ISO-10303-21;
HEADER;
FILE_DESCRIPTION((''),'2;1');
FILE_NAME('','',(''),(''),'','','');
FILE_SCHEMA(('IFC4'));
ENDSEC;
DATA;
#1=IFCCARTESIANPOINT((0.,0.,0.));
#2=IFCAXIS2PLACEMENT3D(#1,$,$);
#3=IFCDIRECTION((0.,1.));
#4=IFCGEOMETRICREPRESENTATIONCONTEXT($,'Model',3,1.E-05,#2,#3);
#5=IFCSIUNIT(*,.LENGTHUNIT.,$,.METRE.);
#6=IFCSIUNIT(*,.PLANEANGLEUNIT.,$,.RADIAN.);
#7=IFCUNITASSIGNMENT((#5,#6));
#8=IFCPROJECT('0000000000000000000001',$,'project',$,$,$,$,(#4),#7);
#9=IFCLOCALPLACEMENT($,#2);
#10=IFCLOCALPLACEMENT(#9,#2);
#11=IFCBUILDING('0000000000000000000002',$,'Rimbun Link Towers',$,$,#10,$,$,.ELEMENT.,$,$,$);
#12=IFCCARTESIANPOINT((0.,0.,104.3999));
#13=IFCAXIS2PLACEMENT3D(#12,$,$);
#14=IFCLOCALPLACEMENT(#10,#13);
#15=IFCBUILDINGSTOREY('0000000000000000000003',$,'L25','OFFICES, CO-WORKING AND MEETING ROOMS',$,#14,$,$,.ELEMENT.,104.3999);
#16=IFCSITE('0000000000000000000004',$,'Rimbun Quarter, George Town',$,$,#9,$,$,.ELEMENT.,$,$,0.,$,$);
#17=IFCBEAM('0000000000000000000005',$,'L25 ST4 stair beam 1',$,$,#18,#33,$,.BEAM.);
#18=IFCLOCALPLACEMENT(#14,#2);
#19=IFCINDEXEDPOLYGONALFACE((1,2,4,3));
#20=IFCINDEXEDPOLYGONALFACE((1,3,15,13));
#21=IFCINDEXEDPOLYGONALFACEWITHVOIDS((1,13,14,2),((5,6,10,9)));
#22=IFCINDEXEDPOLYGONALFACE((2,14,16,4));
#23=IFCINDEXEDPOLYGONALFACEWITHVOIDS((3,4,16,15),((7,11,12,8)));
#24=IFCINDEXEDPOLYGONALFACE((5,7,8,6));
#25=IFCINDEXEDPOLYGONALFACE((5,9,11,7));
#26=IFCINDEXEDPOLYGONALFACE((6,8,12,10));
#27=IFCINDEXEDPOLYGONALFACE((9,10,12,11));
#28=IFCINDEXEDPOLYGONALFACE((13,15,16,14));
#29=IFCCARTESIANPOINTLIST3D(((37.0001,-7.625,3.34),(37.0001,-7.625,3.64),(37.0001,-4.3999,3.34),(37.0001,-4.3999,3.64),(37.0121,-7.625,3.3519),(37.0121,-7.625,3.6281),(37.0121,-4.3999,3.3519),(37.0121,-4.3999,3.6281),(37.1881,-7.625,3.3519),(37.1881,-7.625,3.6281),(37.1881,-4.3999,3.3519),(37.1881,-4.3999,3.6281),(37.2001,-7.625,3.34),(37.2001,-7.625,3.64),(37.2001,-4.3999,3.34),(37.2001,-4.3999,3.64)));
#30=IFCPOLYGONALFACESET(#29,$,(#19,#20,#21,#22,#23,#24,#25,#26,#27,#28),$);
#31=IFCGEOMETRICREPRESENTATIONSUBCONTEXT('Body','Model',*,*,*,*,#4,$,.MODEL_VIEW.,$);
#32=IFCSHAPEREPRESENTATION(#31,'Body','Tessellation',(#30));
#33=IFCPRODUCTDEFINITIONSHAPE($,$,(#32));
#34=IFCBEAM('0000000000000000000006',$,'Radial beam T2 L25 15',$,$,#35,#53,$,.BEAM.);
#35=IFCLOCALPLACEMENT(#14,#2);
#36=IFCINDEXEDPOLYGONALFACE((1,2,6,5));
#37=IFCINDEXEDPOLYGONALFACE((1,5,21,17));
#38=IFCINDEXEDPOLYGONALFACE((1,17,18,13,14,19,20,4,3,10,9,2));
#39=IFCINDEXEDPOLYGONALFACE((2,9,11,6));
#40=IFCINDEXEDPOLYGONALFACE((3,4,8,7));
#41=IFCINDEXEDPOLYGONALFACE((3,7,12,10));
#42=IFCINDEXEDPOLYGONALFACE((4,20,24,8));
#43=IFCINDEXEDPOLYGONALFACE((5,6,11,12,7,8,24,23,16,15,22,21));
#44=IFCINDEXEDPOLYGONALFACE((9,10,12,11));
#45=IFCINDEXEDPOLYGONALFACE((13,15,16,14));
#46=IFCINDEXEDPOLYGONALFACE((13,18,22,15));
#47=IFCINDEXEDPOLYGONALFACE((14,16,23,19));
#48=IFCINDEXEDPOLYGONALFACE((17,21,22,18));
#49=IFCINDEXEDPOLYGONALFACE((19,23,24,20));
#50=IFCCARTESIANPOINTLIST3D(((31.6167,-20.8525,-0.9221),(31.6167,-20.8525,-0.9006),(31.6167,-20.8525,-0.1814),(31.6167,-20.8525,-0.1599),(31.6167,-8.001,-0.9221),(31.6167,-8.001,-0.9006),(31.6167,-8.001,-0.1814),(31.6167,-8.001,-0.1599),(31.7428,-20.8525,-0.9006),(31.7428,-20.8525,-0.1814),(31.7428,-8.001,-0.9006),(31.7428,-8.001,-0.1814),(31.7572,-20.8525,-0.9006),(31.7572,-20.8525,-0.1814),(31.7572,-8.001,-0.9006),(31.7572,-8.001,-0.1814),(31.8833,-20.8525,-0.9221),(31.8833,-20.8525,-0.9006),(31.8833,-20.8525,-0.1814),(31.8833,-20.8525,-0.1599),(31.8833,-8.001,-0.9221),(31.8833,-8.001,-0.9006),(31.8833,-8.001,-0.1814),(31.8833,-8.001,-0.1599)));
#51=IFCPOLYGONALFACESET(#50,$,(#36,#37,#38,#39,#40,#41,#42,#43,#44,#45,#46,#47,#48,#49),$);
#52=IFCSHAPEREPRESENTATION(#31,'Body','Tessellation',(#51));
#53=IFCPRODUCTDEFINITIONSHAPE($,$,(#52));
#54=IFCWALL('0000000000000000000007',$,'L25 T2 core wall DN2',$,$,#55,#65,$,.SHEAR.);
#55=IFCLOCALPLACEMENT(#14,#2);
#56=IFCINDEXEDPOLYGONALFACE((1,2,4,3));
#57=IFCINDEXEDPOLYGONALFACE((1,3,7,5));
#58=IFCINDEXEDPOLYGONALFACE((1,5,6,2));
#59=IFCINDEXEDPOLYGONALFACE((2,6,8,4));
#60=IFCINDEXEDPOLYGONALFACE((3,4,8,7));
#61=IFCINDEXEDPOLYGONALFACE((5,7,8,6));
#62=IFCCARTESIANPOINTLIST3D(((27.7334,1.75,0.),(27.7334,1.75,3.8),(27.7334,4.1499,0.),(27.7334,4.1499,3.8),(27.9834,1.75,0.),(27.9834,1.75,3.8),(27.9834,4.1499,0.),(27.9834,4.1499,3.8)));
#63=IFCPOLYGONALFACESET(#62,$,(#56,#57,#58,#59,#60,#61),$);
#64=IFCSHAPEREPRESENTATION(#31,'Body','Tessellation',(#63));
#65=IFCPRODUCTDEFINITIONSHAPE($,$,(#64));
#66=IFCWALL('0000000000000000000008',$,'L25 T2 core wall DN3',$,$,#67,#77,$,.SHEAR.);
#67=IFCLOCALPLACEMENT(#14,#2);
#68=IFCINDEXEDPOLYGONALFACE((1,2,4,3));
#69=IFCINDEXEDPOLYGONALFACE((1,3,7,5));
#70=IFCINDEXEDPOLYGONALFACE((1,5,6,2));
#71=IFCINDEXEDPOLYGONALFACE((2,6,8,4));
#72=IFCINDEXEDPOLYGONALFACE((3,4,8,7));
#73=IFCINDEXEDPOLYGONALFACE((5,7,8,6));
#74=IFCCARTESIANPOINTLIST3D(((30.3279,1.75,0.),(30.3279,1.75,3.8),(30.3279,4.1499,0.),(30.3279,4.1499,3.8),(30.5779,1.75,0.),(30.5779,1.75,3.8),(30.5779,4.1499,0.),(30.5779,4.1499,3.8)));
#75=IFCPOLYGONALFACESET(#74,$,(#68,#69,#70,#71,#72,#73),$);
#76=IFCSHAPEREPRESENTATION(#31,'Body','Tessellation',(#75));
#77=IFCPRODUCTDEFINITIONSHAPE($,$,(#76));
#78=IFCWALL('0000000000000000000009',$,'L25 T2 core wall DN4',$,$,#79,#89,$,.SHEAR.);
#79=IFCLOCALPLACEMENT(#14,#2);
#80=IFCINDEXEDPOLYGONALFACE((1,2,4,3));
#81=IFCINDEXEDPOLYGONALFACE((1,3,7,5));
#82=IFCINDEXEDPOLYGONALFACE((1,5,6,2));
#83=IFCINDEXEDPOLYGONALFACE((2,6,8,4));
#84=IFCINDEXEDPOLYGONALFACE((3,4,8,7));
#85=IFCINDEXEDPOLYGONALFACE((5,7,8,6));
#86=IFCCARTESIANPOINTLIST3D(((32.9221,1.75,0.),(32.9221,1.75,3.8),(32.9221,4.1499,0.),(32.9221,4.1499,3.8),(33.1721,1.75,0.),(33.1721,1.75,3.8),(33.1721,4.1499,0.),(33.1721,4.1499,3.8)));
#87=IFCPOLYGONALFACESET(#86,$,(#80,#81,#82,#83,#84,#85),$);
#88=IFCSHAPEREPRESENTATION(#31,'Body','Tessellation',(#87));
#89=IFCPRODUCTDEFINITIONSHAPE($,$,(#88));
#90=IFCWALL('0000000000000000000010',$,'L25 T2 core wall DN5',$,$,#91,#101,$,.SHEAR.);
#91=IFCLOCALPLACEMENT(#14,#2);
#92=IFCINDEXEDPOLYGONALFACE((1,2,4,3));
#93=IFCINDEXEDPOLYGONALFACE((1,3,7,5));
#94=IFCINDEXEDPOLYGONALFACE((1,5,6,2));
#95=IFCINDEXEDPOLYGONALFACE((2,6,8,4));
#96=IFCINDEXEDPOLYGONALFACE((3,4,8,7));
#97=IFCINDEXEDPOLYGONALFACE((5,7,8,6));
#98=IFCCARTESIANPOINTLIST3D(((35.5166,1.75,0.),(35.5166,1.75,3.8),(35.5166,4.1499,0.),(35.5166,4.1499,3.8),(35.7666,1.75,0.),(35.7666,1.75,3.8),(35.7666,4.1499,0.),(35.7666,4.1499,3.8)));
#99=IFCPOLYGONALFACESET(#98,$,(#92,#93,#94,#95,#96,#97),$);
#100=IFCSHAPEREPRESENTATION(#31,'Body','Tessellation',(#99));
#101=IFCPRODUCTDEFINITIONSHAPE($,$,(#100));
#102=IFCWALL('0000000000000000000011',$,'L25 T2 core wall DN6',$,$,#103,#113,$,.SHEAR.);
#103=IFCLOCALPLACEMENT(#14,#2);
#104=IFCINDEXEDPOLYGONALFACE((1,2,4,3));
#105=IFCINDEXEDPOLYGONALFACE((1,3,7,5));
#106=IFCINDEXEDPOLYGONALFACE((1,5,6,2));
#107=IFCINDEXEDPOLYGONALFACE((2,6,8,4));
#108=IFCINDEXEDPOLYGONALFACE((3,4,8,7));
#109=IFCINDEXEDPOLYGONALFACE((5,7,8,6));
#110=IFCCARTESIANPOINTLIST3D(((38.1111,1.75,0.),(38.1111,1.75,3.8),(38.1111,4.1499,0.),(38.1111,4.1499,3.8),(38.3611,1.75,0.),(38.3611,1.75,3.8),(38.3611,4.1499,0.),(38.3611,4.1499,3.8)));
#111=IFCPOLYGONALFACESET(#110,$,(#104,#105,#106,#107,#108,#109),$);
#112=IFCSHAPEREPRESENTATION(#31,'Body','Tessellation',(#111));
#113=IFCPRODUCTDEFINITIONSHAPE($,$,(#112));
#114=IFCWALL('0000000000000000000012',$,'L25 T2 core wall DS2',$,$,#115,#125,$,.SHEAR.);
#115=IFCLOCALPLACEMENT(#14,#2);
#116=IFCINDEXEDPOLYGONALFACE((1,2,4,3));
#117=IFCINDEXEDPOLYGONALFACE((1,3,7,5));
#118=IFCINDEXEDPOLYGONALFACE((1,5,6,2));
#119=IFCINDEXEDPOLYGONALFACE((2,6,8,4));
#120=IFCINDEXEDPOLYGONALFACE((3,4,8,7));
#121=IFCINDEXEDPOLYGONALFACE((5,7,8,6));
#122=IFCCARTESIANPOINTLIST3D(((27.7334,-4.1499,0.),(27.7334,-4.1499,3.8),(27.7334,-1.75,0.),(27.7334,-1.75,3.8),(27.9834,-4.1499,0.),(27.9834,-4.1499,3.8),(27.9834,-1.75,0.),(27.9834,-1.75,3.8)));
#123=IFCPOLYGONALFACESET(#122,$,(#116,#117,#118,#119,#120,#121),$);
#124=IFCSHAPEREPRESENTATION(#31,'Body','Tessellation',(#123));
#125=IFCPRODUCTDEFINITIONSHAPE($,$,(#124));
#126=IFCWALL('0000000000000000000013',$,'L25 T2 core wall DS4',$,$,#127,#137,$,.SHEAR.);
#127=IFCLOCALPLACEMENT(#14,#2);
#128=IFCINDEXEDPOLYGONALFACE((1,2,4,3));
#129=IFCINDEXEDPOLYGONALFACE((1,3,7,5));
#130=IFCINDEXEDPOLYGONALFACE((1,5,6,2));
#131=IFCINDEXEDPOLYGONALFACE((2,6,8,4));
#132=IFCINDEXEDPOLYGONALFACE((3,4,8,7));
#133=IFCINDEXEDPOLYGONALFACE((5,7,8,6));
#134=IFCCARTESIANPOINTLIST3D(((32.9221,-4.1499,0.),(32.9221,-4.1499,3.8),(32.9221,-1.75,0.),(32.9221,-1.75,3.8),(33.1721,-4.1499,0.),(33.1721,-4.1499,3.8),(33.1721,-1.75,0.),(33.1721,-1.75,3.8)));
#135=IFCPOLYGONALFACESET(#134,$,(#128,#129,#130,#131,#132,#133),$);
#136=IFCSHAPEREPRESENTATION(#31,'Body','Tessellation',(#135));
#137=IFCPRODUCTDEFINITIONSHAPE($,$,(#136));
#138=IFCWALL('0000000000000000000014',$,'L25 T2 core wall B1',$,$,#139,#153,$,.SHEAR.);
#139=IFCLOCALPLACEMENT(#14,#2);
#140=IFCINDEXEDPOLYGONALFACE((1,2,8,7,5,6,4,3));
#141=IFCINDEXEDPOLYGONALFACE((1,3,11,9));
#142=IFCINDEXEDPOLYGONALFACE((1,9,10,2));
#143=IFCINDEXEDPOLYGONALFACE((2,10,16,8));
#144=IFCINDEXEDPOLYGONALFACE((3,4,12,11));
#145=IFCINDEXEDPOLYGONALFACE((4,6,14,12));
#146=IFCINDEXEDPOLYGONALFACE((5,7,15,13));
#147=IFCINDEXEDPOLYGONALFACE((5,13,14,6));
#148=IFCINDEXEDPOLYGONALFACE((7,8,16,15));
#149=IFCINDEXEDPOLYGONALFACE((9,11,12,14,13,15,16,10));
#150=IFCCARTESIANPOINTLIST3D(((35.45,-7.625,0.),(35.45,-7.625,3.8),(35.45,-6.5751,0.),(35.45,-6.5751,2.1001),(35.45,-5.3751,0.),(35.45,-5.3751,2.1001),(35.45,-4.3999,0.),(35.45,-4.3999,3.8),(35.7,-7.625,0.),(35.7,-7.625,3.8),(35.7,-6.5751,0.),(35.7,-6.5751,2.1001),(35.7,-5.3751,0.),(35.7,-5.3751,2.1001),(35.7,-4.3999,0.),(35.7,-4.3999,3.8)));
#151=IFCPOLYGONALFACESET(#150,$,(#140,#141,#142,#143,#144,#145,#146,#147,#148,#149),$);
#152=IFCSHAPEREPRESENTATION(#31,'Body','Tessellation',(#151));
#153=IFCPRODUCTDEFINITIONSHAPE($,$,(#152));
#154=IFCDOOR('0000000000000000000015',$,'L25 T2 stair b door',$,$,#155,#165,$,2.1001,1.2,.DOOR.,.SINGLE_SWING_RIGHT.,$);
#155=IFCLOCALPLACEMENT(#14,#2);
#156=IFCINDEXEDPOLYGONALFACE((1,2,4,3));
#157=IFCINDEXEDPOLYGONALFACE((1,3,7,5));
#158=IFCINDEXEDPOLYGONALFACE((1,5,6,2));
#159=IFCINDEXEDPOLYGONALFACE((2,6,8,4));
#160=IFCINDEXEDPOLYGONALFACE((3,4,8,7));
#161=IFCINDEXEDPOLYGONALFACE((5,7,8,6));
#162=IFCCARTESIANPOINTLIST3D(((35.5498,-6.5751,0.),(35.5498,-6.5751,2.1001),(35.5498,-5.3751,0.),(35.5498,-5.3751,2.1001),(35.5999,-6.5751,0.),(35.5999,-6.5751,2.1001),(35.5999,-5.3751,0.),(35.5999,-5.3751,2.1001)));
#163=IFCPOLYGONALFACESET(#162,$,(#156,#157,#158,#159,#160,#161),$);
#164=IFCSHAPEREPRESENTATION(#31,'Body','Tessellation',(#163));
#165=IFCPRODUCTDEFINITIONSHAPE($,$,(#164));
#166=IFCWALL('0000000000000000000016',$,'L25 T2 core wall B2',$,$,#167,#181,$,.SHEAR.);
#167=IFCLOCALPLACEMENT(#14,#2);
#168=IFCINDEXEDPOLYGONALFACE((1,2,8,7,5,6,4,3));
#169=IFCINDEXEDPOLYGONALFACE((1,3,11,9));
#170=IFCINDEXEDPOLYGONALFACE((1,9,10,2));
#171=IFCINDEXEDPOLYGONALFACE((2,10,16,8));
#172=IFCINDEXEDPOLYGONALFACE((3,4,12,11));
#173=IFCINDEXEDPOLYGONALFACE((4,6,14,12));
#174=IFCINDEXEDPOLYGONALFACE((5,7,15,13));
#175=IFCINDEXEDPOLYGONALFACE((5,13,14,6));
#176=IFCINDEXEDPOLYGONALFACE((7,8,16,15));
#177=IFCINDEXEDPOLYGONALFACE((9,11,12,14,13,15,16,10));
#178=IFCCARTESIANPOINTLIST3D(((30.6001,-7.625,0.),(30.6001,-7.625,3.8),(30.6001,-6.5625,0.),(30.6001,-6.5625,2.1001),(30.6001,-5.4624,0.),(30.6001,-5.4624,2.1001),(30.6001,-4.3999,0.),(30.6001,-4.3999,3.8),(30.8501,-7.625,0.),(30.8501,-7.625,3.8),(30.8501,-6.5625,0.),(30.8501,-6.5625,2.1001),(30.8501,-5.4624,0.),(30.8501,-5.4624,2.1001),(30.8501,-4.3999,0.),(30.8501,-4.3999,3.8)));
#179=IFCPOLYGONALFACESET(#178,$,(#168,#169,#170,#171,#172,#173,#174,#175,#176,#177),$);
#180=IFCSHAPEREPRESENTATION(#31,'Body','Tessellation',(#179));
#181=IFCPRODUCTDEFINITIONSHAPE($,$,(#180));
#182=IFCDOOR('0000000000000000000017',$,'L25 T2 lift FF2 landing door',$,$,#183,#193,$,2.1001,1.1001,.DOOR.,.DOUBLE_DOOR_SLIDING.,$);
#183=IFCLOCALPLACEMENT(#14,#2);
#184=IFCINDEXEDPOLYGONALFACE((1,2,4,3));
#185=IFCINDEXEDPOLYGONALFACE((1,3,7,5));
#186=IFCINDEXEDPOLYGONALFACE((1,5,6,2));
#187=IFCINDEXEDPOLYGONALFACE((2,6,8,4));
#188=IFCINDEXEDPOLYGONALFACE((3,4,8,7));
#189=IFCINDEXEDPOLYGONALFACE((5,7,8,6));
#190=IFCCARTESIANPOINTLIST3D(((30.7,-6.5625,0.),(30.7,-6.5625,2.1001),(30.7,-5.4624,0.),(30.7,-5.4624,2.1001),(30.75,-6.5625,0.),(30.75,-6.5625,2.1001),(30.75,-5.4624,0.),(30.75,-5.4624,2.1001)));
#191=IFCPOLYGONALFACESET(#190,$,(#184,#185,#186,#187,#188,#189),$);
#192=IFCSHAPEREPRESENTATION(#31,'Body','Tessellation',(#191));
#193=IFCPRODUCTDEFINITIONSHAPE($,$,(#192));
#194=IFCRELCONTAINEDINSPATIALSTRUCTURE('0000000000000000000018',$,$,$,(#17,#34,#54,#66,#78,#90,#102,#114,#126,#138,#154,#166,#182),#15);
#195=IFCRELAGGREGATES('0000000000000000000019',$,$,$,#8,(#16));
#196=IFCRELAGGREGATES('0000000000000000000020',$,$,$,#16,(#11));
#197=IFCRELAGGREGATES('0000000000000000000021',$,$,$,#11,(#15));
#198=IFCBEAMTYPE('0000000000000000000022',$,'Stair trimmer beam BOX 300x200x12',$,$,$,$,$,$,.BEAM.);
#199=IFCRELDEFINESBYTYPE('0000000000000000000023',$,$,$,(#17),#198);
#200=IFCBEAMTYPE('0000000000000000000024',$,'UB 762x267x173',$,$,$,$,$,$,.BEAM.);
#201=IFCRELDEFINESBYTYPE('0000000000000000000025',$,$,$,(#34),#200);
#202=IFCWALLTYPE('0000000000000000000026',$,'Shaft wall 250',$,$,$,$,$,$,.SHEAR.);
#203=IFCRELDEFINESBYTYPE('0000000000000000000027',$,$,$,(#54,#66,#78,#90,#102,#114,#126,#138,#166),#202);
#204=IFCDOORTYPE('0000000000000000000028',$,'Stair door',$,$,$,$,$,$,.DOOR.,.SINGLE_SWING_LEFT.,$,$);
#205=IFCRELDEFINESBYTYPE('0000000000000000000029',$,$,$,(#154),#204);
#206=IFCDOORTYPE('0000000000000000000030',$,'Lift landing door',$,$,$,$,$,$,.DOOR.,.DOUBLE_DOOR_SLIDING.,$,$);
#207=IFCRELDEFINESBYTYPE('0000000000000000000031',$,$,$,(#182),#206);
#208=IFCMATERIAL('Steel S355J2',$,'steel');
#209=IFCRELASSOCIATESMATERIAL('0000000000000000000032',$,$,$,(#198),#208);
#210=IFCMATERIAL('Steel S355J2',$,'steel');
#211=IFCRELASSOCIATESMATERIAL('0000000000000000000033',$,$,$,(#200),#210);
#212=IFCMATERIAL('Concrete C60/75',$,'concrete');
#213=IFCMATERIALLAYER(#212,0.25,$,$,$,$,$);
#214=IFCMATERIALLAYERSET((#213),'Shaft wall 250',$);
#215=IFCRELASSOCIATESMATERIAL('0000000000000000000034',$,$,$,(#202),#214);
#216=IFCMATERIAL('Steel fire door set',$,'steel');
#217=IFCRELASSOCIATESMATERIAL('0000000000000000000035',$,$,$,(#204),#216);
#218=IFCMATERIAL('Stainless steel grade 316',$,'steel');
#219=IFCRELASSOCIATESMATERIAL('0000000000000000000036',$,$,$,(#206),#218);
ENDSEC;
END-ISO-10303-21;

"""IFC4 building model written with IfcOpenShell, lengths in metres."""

from ifc_helpers import new_model, si_unit, direction, frame, frame_2d, origin, origin_2d, place, context, subcontext, project, spatial, rectangle, hollow_rectangle, i_section, extrude, material, layer, layer_set, material_profile, profile_set, type_object, element, fill, save


model = new_model("IFC4")

# Units and contexts
model_context = context("Model", 3, precision=1e-05, world=origin(), true_north=direction((0.0, 1.0)))
body_context = subcontext(model_context, "Body", "Model", "MODEL_VIEW")
ifc_project = project(units=[si_unit("LENGTHUNIT", "METRE"), si_unit("PLANEANGLEUNIT", "RADIAN")], contexts=[model_context])

# Site, building, storey
site_placement = place(None, origin())
site = spatial("IfcSite", under=ifc_project, at=site_placement, Name="Rimbun Quarter, George Town", CompositionType="ELEMENT", RefElevation=0.0)
building_placement = place(site_placement, origin())
building = spatial("IfcBuilding", under=site, at=building_placement, Name="Rimbun Link Towers", CompositionType="ELEMENT")
storey_placement = place(building_placement, frame((0.0, 0.0, 104.3999)))
storey = spatial("IfcBuildingStorey", under=building, at=storey_placement, Name="L25", Description="OFFICES, CO-WORKING AND MEETING ROOMS", CompositionType="ELEMENT", Elevation=104.3999)

# Beams
ifc_material_1 = material(Name="Steel S355J2", Category="steel")
ifc_material_profile_1 = material_profile(ifc_material_1, hollow_rectangle(XDim=0.2, YDim=0.3, WallThickness=0.012, at=origin_2d()), Name="BOX 300x200x12")
ifc_profile_set_1 = profile_set([ifc_material_profile_1], Name="Steel S355J2")
beam_type_1 = type_object("IfcBeamType", Name="Stair trimmer beam BOX 300x200x12", PredefinedType="BEAM", material=ifc_profile_set_1)
beam_1_placement = place(storey_placement, frame((37.1001, -7.625, 3.49), z_axis=(0.0, 1.0, 0.0), x_axis=(-1.0, 0.0, 0.0)))
element("IfcBeam", 1, at=beam_1_placement, inside=storey, type_object=beam_type_1, Name="L25 ST4 stair beam 1", PredefinedType="BEAM", context=body_context, shape_type="SweptSolid", body=[
    extrude(hollow_rectangle(XDim=0.2, YDim=0.3, WallThickness=0.012, at=origin_2d()), origin(), (0.0, 0.0, 1.0), 3.2251),
])
ifc_material_2 = material(Name="Steel S355J2", Category="steel")
ifc_material_profile_2 = material_profile(ifc_material_2, i_section(OverallWidth=0.2666, OverallDepth=0.7622, WebThickness=0.0144, FlangeThickness=0.0215, at=origin_2d()), Name="UB 762x267x173")
ifc_profile_set_2 = profile_set([ifc_material_profile_2], Name="Steel S355J2")
beam_type_2 = type_object("IfcBeamType", Name="UB 762x267x173", PredefinedType="BEAM", material=ifc_profile_set_2)
beam_2_placement = place(storey_placement, frame((31.75, -8.001, -0.541), z_axis=(0.0, -1.0, 0.0), x_axis=(1.0, 0.0, 0.0)))
element("IfcBeam", 2, at=beam_2_placement, inside=storey, type_object=beam_type_2, Name="Radial beam T2 L25 15", PredefinedType="BEAM", context=body_context, shape_type="SweptSolid", body=[
    extrude(i_section(OverallWidth=0.2666, OverallDepth=0.7622, WebThickness=0.0144, FlangeThickness=0.0215, at=origin_2d()), origin(), (0.0, 0.0, 1.0), 12.8516),
])

# Walls
ifc_material_3 = material(Name="Concrete C60/75", Category="concrete")
ifc_layer = layer(ifc_material_3, 0.25)
ifc_layer_set = layer_set([ifc_layer], Name="Shaft wall 250")
wall_type = type_object("IfcWallType", Name="Shaft wall 250", PredefinedType="SHEAR", material=ifc_layer_set)
for number, where, z_axis, x_axis, name in (
    (3, (27.8584, 1.75, 0.0), (0.0, 0.0, 1.0), (0.0, 1.0, 0.0), "L25 T2 core wall DN2"),
    (4, (30.4529, 1.75, 0.0), (0.0, 0.0, 1.0), (0.0, 1.0, 0.0), "L25 T2 core wall DN3"),
    (5, (33.0471, 1.75, 0.0), (0.0, 0.0, 1.0), (0.0, 1.0, 0.0), "L25 T2 core wall DN4"),
    (6, (35.6416, 1.75, 0.0), (0.0, 0.0, 1.0), (0.0, 1.0, 0.0), "L25 T2 core wall DN5"),
    (7, (38.2361, 1.75, 0.0), (0.0, 0.0, 1.0), (0.0, 1.0, 0.0), "L25 T2 core wall DN6"),
    (8, (27.8584, -4.1499, 0.0), (0.0, 0.0, 1.0), (0.0, 1.0, 0.0), "L25 T2 core wall DS2"),
    (9, (33.0471, -4.1499, 0.0), (0.0, 0.0, 1.0), (0.0, 1.0, 0.0), "L25 T2 core wall DS4"),
):
    element("IfcWall", number, at=place(storey_placement, frame(where, z_axis=z_axis, x_axis=x_axis)), inside=storey, type_object=wall_type, Name=name, PredefinedType="SHEAR", context=body_context, shape_type="SweptSolid", body=[
        extrude(rectangle(XDim=2.3999, YDim=0.25, at=frame_2d((1.2, 0.0))), origin(), (0.0, 0.0, 1.0), 3.8),
    ])

# Walls, openings, doors
wall_1_placement = place(storey_placement, frame((35.575, -4.3999, 0.0), z_axis=(0.0, 0.0, 1.0), x_axis=(0.0, -1.0, 0.0)))
wall_1 = element("IfcWall", 10, at=wall_1_placement, inside=storey, type_object=wall_type, Name="L25 T2 core wall B1", PredefinedType="SHEAR", context=body_context, shape_type="SweptSolid", body=[
    extrude(rectangle(XDim=3.2251, YDim=0.25, at=frame_2d((1.6125, 0.0))), origin(), (0.0, 0.0, 1.0), 3.8),
])
opening_1_placement = place(wall_1_placement, frame((0.9751, 0.0, 0.0)))
opening_1 = element("IfcOpeningElement", 11, at=opening_1_placement, cuts=wall_1, PredefinedType="OPENING", context=body_context, shape_type="SweptSolid", body=[
    extrude(rectangle(XDim=1.2, YDim=2.1001, at=frame_2d((0.6001, 1.05))), frame((0.0, 0.135, 0.0), z_axis=(0.0, -1.0, 0.0), x_axis=(1.0, 0.0, 0.0)), (0.0, 0.0, 1.0), 0.27),
])
ifc_material_4 = material(Name="Steel fire door set", Category="steel")
door_type_1 = type_object("IfcDoorType", Name="Stair door", OperationType="SINGLE_SWING_LEFT", PredefinedType="DOOR", material=ifc_material_4)
door_1_placement = place(opening_1_placement, origin())
door_1 = element("IfcDoor", 12, at=door_1_placement, inside=storey, type_object=door_type_1, Name="L25 T2 stair b door", OperationType="SINGLE_SWING_RIGHT", OverallHeight=2.1001, OverallWidth=1.2, PredefinedType="DOOR", context=body_context, shape_type="SweptSolid", body=[
    extrude(rectangle(XDim=1.2, YDim=2.1001, at=frame_2d((0.6001, 1.05))), frame((0.0, 0.0249, 0.0), z_axis=(0.0, -1.0, 0.0), x_axis=(1.0, 0.0, 0.0)), (0.0, 0.0, 1.0), 0.05),
])
fill(opening_1, door_1)
wall_2_placement = place(storey_placement, frame((30.7251, -4.3999, 0.0), z_axis=(0.0, 0.0, 1.0), x_axis=(0.0, -1.0, 0.0)))
wall_2 = element("IfcWall", 13, at=wall_2_placement, inside=storey, type_object=wall_type, Name="L25 T2 core wall B2", PredefinedType="SHEAR", context=body_context, shape_type="SweptSolid", body=[
    extrude(rectangle(XDim=3.2251, YDim=0.25, at=frame_2d((1.6125, 0.0))), origin(), (0.0, 0.0, 1.0), 3.8),
])
opening_2_placement = place(wall_2_placement, frame((1.0625, 0.0, 0.0)))
opening_2 = element("IfcOpeningElement", 14, at=opening_2_placement, cuts=wall_2, PredefinedType="OPENING", context=body_context, shape_type="SweptSolid", body=[
    extrude(rectangle(XDim=1.1001, YDim=2.1001, at=frame_2d((0.55, 1.05))), frame((0.0, 0.135, 0.0), z_axis=(0.0, -1.0, 0.0), x_axis=(1.0, 0.0, 0.0)), (0.0, 0.0, 1.0), 0.27),
])
ifc_material_5 = material(Name="Stainless steel grade 316", Category="steel")
door_type_2 = type_object("IfcDoorType", Name="Lift landing door", OperationType="DOUBLE_DOOR_SLIDING", PredefinedType="DOOR", material=ifc_material_5)
door_2_placement = place(opening_2_placement, origin())
door_2 = element("IfcDoor", 15, at=door_2_placement, inside=storey, type_object=door_type_2, Name="L25 T2 lift FF2 landing door", OperationType="DOUBLE_DOOR_SLIDING", OverallHeight=2.1001, OverallWidth=1.1001, PredefinedType="DOOR", context=body_context, shape_type="SweptSolid", body=[
    extrude(rectangle(XDim=1.1001, YDim=2.1001, at=frame_2d((0.55, 1.05))), frame((0.0, 0.0249, 0.0), z_axis=(0.0, -1.0, 0.0), x_axis=(1.0, 0.0, 0.0)), (0.0, 0.0, 1.0), 0.05),
])
fill(opening_2, door_2)

save(model, "model.ifc")
